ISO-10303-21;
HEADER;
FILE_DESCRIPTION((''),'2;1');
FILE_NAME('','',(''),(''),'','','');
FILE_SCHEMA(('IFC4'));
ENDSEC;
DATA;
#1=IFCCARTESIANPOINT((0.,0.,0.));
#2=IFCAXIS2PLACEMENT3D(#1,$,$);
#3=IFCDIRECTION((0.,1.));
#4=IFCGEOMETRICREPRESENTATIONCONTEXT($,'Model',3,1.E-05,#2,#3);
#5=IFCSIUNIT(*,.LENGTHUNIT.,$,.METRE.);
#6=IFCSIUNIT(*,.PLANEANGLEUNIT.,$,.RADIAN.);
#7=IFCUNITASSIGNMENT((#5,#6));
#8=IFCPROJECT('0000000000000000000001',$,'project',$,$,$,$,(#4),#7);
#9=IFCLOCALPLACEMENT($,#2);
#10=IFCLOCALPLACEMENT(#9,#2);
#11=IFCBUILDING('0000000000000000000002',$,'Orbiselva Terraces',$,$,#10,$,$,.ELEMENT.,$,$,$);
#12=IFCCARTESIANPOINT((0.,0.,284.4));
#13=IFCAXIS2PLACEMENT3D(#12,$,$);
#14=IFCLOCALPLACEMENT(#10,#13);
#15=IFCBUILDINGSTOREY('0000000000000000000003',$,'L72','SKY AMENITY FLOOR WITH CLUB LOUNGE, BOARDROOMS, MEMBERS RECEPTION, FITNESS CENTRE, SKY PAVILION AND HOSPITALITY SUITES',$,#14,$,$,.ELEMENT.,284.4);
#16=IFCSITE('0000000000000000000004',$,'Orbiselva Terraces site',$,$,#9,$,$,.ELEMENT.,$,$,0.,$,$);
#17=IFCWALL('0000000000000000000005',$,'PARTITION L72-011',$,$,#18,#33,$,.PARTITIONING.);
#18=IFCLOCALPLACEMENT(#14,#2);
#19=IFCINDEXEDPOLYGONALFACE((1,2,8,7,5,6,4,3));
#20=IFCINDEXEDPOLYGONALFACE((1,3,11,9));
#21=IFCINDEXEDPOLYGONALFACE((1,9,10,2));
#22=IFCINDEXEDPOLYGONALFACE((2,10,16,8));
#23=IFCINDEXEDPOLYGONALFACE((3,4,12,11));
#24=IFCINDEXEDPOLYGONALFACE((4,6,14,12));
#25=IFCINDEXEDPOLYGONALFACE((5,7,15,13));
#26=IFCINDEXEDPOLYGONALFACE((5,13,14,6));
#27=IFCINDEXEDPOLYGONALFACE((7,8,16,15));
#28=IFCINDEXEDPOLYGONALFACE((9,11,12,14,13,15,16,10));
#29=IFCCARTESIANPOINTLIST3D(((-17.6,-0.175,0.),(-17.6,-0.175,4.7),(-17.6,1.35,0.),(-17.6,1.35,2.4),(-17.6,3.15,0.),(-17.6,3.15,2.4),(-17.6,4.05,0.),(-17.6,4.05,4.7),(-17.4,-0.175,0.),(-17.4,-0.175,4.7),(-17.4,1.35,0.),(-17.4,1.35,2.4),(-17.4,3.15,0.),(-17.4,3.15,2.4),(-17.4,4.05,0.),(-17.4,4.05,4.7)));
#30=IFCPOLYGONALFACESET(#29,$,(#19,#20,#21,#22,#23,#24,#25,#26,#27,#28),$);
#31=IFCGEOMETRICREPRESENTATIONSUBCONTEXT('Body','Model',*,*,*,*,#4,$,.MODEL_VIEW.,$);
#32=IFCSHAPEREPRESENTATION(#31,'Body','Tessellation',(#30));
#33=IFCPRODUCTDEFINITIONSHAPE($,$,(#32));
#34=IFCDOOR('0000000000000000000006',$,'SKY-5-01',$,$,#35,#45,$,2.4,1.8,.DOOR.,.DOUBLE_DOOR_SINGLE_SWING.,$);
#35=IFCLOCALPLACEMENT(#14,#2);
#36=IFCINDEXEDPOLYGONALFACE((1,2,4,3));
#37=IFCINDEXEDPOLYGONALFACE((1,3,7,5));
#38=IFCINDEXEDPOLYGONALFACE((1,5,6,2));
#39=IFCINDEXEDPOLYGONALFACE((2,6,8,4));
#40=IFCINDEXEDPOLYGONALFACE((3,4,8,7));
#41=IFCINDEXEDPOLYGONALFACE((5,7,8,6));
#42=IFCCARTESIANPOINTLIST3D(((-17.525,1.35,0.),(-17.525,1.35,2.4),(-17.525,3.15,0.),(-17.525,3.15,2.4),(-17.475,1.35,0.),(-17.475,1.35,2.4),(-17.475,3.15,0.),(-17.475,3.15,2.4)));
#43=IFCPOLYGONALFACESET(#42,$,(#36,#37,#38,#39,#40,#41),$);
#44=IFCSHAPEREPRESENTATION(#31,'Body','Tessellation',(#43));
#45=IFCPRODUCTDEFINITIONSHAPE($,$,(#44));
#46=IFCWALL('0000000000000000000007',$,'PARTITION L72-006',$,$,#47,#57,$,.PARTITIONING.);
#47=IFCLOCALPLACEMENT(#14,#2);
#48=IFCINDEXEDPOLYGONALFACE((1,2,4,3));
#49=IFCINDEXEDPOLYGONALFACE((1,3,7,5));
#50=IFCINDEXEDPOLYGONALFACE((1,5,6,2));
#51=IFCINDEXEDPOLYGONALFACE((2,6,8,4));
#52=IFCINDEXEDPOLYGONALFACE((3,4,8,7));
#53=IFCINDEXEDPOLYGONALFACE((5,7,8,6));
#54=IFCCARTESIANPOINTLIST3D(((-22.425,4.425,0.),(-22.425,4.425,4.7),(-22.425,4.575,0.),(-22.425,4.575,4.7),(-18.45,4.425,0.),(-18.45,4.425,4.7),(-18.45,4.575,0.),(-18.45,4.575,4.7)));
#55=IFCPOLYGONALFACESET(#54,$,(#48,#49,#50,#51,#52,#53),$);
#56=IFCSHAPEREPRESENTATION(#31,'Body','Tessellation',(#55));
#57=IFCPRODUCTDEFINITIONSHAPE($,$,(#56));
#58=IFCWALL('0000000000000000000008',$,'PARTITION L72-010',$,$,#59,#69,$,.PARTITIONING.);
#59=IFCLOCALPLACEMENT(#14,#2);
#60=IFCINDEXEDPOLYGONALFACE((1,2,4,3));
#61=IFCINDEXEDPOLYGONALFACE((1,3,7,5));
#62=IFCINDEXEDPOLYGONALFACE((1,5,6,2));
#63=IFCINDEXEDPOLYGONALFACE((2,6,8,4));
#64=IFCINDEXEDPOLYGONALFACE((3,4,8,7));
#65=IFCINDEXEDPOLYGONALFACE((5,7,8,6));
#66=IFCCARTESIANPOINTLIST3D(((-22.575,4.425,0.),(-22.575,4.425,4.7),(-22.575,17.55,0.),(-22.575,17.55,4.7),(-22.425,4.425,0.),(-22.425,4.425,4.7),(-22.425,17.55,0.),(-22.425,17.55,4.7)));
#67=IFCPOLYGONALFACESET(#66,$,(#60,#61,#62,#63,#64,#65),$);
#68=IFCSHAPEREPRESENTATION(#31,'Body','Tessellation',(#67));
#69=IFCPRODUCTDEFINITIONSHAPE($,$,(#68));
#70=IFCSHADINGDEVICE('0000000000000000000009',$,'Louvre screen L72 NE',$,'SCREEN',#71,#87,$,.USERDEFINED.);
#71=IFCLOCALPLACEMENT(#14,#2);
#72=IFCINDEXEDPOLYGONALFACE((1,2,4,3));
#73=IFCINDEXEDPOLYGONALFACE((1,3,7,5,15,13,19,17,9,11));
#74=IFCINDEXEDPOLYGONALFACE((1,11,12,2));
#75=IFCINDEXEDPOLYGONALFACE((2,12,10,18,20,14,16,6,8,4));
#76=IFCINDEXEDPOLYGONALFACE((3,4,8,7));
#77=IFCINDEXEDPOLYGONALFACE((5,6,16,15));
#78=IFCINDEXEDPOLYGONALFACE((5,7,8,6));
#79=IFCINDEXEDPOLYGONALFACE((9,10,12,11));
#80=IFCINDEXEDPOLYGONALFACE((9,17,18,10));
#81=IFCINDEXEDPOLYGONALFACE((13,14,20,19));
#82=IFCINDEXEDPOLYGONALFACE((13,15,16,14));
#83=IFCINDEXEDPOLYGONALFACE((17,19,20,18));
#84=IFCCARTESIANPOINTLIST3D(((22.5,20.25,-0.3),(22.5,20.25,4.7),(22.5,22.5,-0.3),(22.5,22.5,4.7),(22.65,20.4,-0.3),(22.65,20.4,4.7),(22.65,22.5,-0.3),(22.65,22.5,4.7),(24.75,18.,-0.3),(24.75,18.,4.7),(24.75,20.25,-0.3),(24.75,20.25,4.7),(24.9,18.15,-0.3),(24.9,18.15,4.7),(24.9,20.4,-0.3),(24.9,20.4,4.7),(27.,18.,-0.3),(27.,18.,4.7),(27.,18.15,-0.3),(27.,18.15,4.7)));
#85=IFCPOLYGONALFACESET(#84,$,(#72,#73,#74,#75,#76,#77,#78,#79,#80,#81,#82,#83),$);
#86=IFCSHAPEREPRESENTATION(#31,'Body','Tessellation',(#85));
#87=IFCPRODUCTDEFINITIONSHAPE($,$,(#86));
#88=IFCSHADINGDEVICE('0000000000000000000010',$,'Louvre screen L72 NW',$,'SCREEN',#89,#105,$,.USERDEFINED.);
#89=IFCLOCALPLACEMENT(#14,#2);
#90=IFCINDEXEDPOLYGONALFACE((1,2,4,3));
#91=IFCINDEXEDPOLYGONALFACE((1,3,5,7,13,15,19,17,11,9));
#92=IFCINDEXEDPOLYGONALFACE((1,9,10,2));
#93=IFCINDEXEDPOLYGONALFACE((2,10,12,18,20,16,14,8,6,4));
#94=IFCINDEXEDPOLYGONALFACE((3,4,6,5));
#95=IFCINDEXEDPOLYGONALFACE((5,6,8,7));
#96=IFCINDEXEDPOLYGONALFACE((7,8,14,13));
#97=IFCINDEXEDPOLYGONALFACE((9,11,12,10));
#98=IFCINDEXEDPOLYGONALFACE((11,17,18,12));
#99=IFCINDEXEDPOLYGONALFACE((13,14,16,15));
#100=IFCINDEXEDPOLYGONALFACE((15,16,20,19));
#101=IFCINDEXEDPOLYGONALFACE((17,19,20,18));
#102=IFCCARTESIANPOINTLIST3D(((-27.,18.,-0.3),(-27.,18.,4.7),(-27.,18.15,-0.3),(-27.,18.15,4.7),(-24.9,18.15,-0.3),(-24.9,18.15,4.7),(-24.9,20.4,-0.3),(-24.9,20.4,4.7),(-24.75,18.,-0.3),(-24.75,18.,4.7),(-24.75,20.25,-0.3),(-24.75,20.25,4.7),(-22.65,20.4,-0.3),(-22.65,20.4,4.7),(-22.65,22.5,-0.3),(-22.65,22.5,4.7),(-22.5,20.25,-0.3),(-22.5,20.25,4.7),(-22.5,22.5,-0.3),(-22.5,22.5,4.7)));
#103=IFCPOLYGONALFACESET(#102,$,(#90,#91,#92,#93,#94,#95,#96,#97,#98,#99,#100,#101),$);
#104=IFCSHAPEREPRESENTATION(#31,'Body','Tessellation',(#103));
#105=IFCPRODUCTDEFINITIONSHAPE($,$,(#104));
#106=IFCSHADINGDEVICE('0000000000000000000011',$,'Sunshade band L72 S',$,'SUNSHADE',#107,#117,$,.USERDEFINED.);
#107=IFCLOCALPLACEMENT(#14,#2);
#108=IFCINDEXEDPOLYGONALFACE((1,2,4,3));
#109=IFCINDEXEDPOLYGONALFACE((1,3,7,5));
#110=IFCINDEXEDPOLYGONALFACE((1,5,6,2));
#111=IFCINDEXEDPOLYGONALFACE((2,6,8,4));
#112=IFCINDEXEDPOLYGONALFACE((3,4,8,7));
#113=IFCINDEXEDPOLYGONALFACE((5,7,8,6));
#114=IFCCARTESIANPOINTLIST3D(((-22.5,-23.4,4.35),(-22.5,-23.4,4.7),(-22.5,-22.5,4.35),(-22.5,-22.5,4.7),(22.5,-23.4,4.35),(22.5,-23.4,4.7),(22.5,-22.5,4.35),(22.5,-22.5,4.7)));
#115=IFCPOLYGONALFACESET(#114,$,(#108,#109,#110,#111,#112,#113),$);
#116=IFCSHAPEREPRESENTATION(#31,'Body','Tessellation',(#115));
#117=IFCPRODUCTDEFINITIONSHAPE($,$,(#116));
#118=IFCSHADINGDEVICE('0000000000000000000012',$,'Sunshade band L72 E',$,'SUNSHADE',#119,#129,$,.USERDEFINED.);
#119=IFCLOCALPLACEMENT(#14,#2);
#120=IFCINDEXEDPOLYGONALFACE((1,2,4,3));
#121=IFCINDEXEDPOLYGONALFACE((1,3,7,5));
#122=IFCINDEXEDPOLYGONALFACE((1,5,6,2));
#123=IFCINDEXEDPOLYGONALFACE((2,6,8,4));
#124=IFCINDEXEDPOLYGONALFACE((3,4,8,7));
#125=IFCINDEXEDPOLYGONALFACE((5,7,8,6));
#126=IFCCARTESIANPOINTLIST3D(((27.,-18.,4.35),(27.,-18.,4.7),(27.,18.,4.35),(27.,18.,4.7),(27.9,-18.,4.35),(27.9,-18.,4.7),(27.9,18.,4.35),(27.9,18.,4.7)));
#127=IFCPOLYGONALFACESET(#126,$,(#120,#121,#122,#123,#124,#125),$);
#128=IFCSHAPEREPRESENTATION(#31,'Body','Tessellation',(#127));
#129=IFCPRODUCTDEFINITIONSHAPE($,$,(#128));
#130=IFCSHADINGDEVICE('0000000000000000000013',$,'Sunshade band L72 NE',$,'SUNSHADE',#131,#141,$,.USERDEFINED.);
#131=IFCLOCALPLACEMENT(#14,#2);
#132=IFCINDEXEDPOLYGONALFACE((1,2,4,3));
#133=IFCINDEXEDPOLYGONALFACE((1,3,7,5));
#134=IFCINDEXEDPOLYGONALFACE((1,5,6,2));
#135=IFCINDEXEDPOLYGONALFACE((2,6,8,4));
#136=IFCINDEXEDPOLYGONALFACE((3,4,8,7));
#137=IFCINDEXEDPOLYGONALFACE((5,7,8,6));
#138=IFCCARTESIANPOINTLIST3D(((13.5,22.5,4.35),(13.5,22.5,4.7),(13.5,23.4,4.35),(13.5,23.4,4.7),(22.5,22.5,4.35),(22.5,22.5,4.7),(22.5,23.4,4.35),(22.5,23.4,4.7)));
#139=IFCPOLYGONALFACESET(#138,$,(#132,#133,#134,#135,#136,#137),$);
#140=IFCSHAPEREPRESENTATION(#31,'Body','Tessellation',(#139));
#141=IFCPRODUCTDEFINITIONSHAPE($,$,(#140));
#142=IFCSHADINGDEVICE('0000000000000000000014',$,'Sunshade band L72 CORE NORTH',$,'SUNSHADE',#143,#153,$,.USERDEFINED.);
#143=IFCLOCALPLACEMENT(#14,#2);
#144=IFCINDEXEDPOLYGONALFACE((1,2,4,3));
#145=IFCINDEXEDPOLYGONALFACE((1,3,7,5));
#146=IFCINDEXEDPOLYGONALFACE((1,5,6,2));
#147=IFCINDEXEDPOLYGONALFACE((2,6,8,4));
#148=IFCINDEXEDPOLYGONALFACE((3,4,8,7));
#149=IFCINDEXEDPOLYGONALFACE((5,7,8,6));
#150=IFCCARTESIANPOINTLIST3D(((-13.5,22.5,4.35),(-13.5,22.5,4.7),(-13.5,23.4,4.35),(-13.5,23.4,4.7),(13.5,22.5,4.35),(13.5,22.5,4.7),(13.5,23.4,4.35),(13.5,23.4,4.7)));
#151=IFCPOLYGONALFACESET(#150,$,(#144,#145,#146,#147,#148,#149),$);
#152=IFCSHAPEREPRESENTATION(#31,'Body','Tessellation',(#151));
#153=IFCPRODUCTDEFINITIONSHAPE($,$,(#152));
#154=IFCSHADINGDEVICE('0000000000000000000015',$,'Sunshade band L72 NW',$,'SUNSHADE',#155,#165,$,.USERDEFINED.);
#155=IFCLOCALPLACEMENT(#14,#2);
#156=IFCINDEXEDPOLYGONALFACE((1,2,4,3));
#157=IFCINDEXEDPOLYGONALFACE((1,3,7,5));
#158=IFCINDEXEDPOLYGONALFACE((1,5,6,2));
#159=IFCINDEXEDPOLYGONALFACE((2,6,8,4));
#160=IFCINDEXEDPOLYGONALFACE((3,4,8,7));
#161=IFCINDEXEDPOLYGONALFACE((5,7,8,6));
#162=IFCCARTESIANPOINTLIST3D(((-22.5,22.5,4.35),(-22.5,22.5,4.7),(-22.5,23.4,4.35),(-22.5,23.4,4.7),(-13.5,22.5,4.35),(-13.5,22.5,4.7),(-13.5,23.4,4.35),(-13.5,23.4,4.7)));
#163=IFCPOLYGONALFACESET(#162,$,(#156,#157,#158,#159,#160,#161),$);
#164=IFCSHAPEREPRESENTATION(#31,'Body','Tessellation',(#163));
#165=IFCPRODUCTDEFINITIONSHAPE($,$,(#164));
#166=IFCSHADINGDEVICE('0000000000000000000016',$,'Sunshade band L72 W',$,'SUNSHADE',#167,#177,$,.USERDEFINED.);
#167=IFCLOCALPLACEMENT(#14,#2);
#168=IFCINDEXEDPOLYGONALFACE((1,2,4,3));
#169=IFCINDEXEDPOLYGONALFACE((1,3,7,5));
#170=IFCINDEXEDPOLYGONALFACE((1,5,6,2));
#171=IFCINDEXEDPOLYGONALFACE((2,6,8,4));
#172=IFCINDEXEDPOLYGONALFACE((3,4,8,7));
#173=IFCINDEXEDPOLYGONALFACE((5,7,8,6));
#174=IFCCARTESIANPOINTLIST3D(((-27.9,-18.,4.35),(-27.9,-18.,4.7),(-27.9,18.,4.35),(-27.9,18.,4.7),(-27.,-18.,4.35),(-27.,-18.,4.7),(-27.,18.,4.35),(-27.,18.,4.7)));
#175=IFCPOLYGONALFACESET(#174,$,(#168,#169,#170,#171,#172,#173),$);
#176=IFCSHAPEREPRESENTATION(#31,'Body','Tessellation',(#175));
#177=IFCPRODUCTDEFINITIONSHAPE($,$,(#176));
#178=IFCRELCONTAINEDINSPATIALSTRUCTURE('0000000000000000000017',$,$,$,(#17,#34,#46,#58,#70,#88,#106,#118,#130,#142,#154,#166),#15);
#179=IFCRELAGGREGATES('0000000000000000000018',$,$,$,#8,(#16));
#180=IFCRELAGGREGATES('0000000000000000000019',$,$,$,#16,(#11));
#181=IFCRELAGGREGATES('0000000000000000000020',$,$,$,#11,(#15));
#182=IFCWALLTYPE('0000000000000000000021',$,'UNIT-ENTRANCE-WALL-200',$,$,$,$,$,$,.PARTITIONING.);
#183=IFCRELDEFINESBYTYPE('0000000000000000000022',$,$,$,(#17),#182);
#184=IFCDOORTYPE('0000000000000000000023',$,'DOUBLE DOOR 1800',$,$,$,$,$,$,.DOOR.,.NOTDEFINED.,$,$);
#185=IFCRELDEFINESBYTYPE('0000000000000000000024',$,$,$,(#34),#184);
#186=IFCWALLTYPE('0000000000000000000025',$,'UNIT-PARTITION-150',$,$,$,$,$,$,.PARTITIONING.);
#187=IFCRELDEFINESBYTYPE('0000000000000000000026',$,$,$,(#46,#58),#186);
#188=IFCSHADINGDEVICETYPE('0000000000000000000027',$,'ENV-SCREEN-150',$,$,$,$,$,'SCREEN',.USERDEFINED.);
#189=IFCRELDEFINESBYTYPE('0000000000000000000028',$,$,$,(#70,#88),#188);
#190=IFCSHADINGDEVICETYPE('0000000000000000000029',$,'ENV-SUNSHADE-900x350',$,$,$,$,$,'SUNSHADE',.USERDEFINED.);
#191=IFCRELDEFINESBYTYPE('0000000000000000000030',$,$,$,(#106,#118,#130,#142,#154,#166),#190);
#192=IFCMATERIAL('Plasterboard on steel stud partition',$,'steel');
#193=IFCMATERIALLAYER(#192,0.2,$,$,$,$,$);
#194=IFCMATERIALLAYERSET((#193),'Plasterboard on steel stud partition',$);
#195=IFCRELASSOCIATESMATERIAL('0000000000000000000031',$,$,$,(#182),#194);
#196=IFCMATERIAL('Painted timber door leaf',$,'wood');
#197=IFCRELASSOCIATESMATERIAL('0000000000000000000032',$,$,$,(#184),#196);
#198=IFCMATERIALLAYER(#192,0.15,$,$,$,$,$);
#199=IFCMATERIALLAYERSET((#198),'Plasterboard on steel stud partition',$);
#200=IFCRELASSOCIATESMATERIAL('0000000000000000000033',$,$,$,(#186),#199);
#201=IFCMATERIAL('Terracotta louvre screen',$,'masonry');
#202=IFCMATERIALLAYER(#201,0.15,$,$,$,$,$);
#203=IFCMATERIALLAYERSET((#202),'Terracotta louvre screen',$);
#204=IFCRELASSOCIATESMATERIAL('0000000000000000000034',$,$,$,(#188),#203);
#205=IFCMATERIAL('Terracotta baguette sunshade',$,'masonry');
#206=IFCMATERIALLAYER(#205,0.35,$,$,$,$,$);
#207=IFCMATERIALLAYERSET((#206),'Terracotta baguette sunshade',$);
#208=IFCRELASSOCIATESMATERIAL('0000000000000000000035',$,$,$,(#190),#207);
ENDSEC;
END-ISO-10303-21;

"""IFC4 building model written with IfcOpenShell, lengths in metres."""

from ifc_helpers import new_model, si_unit, direction, frame, frame_2d, origin, place, context, subcontext, project, spatial, polyline, rectangle, outline, extrude, material, layer, layer_set, type_object, element, fill, save


model = new_model("IFC4")

# Units and contexts
model_context = context("Model", 3, precision=1e-05, world=origin(), true_north=direction((0.0, 1.0)))
body_context = subcontext(model_context, "Body", "Model", "MODEL_VIEW")
ifc_project = project(units=[si_unit("LENGTHUNIT", "METRE"), si_unit("PLANEANGLEUNIT", "RADIAN")], contexts=[model_context])

# Site, building, storey
site_placement = place(None, origin())
site = spatial("IfcSite", under=ifc_project, at=site_placement, Name="Orbiselva Terraces site", CompositionType="ELEMENT", RefElevation=0.0)
building_placement = place(site_placement, origin())
building = spatial("IfcBuilding", under=site, at=building_placement, Name="Orbiselva Terraces", CompositionType="ELEMENT")
storey_placement = place(building_placement, frame((0.0, 0.0, 284.4)))
storey = spatial("IfcBuildingStorey", under=building, at=storey_placement, Name="L72", Description="SKY AMENITY FLOOR WITH CLUB LOUNGE, BOARDROOMS, MEMBERS RECEPTION, FITNESS CENTRE, SKY PAVILION AND HOSPITALITY SUITES", CompositionType="ELEMENT", Elevation=284.4)

# Shared definitions
ifc_material_1 = material(Name="Plasterboard on steel stud partition", Category="steel")
ifc_layer_1 = layer(ifc_material_1, 0.2)
ifc_layer_set_1 = layer_set([ifc_layer_1], Name="Plasterboard on steel stud partition")
wall_type_1 = type_object("IfcWallType", Name="UNIT-ENTRANCE-WALL-200", PredefinedType="PARTITIONING", material=ifc_layer_set_1)
ifc_material_2 = material(Name="Painted timber door leaf", Category="wood")

# Wall, opening, door
wall_1_placement = place(storey_placement, frame((-17.5, 4.05, 0.0), z_axis=(0.0, 0.0, 1.0), x_axis=(0.0, -1.0, 0.0)))
wall_1 = element("IfcWall", 1, at=wall_1_placement, inside=storey, type_object=wall_type_1, Name="PARTITION L72-011", PredefinedType="PARTITIONING", context=body_context, shape_type="SweptSolid", body=[
    extrude(rectangle(XDim=4.225, YDim=0.2, at=frame_2d((2.1125, 0.0))), origin(), (0.0, 0.0, 1.0), 4.7),
])
opening_1_placement = place(wall_1_placement, frame((0.9, 0.0, 0.0)))
opening_1 = element("IfcOpeningElement", 2, at=opening_1_placement, cuts=wall_1, PredefinedType="OPENING", context=body_context, shape_type="SweptSolid", body=[
    extrude(rectangle(XDim=1.8, YDim=2.4, at=frame_2d((0.9, 1.2))), frame((0.0, 0.11, 0.0), z_axis=(0.0, -1.0, 0.0), x_axis=(1.0, 0.0, 0.0)), (0.0, 0.0, 1.0), 0.22),
])
door_type_1 = type_object("IfcDoorType", Name="DOUBLE DOOR 1800", OperationType="NOTDEFINED", PredefinedType="DOOR", material=ifc_material_2)
door_1_placement = place(opening_1_placement, origin())
door_1 = element("IfcDoor", 3, at=door_1_placement, inside=storey, type_object=door_type_1, Name="SKY-5-01", OperationType="DOUBLE_DOOR_SINGLE_SWING", OverallHeight=2.4, OverallWidth=1.8, PredefinedType="DOOR", context=body_context, shape_type="SweptSolid", body=[
    extrude(rectangle(XDim=1.8, YDim=2.4, at=frame_2d((0.9, 1.2))), frame((0.0, 0.025, 0.0), z_axis=(0.0, -1.0, 0.0), x_axis=(1.0, 0.0, 0.0)), (0.0, 0.0, 1.0), 0.05),
])
fill(opening_1, door_1)

# Walls
ifc_layer_2 = layer(ifc_material_1, 0.15)
ifc_layer_set_2 = layer_set([ifc_layer_2], Name="Plasterboard on steel stud partition")
wall_type_2 = type_object("IfcWallType", Name="UNIT-PARTITION-150", PredefinedType="PARTITIONING", material=ifc_layer_set_2)
wall_2_placement = place(storey_placement, frame((-22.425, 4.5, 0.0), z_axis=(0.0, 0.0, 1.0), x_axis=(1.0, 0.0, 0.0)))
element("IfcWall", 4, at=wall_2_placement, inside=storey, type_object=wall_type_2, Name="PARTITION L72-006", PredefinedType="PARTITIONING", context=body_context, shape_type="SweptSolid", body=[
    extrude(rectangle(XDim=3.975, YDim=0.15, at=frame_2d((1.9875, 0.0))), origin(), (0.0, 0.0, 1.0), 4.7),
])
wall_3_placement = place(storey_placement, frame((-22.5, 4.425, 0.0), z_axis=(0.0, 0.0, 1.0), x_axis=(0.0, 1.0, 0.0)))
element("IfcWall", 5, at=wall_3_placement, inside=storey, type_object=wall_type_2, Name="PARTITION L72-010", PredefinedType="PARTITIONING", context=body_context, shape_type="SweptSolid", body=[
    extrude(rectangle(XDim=13.125, YDim=0.15, at=frame_2d((6.5625, 0.0))), origin(), (0.0, 0.0, 1.0), 4.7),
])

# Shading devices
ifc_material_3 = material(Name="Terracotta louvre screen", Category="masonry")
ifc_layer_3 = layer(ifc_material_3, 0.15)
ifc_layer_set_3 = layer_set([ifc_layer_3], Name="Terracotta louvre screen")
shading_device_type_1 = type_object("IfcShadingDeviceType", Name="ENV-SCREEN-150", ElementType="SCREEN", PredefinedType="USERDEFINED", material=ifc_layer_set_3)
shading_device_1_placement = place(storey_placement, frame((0.0, 0.0, -0.3)))
element("IfcShadingDevice", 6, at=shading_device_1_placement, inside=storey, type_object=shading_device_type_1, Name="Louvre screen L72 NE", ObjectType="SCREEN", PredefinedType="USERDEFINED", context=body_context, shape_type="SweptSolid", body=[
    extrude(outline(polyline([(27.0, 18.15), (24.9, 18.15), (24.9, 20.4), (22.65, 20.4), (22.65, 22.5), (22.5, 22.5), (22.5, 20.25), (24.75, 20.25), (24.75, 18.0), (27.0, 18.0), (27.0, 18.15)])), origin(), (0.0, 0.0, 1.0), 5.0),
])
shading_device_2_placement = place(storey_placement, frame((0.0, 0.0, -0.3)))
element("IfcShadingDevice", 7, at=shading_device_2_placement, inside=storey, type_object=shading_device_type_1, Name="Louvre screen L72 NW", ObjectType="SCREEN", PredefinedType="USERDEFINED", context=body_context, shape_type="SweptSolid", body=[
    extrude(outline(polyline([(-22.65, 22.5), (-22.65, 20.4), (-24.9, 20.4), (-24.9, 18.15), (-27.0, 18.15), (-27.0, 18.0), (-24.75, 18.0), (-24.75, 20.25), (-22.5, 20.25), (-22.5, 22.5), (-22.65, 22.5)])), origin(), (0.0, 0.0, 1.0), 5.0),
])
ifc_material_4 = material(Name="Terracotta baguette sunshade", Category="masonry")
ifc_layer_4 = layer(ifc_material_4, 0.35)
ifc_layer_set_4 = layer_set([ifc_layer_4], Name="Terracotta baguette sunshade")
shading_device_type_2 = type_object("IfcShadingDeviceType", Name="ENV-SUNSHADE-900x350", ElementType="SUNSHADE", PredefinedType="USERDEFINED", material=ifc_layer_set_4)
shading_device_3_placement = place(storey_placement, frame((0.0, 0.0, 4.35)))
element("IfcShadingDevice", 8, at=shading_device_3_placement, inside=storey, type_object=shading_device_type_2, Name="Sunshade band L72 S", ObjectType="SUNSHADE", PredefinedType="USERDEFINED", context=body_context, shape_type="SweptSolid", body=[
    extrude(outline(polyline([(-22.5, -23.4), (22.5, -23.4), (22.5, -22.5), (-22.5, -22.5), (-22.5, -23.4)])), origin(), (0.0, 0.0, 1.0), 0.35),
])
shading_device_4_placement = place(storey_placement, frame((0.0, 0.0, 4.35)))
element("IfcShadingDevice", 9, at=shading_device_4_placement, inside=storey, type_object=shading_device_type_2, Name="Sunshade band L72 E", ObjectType="SUNSHADE", PredefinedType="USERDEFINED", context=body_context, shape_type="SweptSolid", body=[
    extrude(outline(polyline([(27.9, -18.0), (27.9, 18.0), (27.0, 18.0), (27.0, -18.0), (27.9, -18.0)])), origin(), (0.0, 0.0, 1.0), 0.35),
])
shading_device_5_placement = place(storey_placement, frame((0.0, 0.0, 4.35)))
element("IfcShadingDevice", 10, at=shading_device_5_placement, inside=storey, type_object=shading_device_type_2, Name="Sunshade band L72 NE", ObjectType="SUNSHADE", PredefinedType="USERDEFINED", context=body_context, shape_type="SweptSolid", body=[
    extrude(outline(polyline([(22.5, 23.4), (13.5, 23.4), (13.5, 22.5), (22.5, 22.5), (22.5, 23.4)])), origin(), (0.0, 0.0, 1.0), 0.35),
])
shading_device_6_placement = place(storey_placement, frame((0.0, 0.0, 4.35)))
element("IfcShadingDevice", 11, at=shading_device_6_placement, inside=storey, type_object=shading_device_type_2, Name="Sunshade band L72 CORE NORTH", ObjectType="SUNSHADE", PredefinedType="USERDEFINED", context=body_context, shape_type="SweptSolid", body=[
    extrude(outline(polyline([(13.5, 23.4), (-13.5, 23.4), (-13.5, 22.5), (13.5, 22.5), (13.5, 23.4)])), origin(), (0.0, 0.0, 1.0), 0.35),
])
shading_device_7_placement = place(storey_placement, frame((0.0, 0.0, 4.35)))
element("IfcShadingDevice", 12, at=shading_device_7_placement, inside=storey, type_object=shading_device_type_2, Name="Sunshade band L72 NW", ObjectType="SUNSHADE", PredefinedType="USERDEFINED", context=body_context, shape_type="SweptSolid", body=[
    extrude(outline(polyline([(-13.5, 23.4), (-22.5, 23.4), (-22.5, 22.5), (-13.5, 22.5), (-13.5, 23.4)])), origin(), (0.0, 0.0, 1.0), 0.35),
])
shading_device_8_placement = place(storey_placement, frame((0.0, 0.0, 4.35)))
element("IfcShadingDevice", 13, at=shading_device_8_placement, inside=storey, type_object=shading_device_type_2, Name="Sunshade band L72 W", ObjectType="SUNSHADE", PredefinedType="USERDEFINED", context=body_context, shape_type="SweptSolid", body=[
    extrude(outline(polyline([(-27.9, 18.0), (-27.9, -18.0), (-27.0, -18.0), (-27.0, 18.0), (-27.9, 18.0)])), origin(), (0.0, 0.0, 1.0), 0.35),
])

save(model, "model.ifc")
